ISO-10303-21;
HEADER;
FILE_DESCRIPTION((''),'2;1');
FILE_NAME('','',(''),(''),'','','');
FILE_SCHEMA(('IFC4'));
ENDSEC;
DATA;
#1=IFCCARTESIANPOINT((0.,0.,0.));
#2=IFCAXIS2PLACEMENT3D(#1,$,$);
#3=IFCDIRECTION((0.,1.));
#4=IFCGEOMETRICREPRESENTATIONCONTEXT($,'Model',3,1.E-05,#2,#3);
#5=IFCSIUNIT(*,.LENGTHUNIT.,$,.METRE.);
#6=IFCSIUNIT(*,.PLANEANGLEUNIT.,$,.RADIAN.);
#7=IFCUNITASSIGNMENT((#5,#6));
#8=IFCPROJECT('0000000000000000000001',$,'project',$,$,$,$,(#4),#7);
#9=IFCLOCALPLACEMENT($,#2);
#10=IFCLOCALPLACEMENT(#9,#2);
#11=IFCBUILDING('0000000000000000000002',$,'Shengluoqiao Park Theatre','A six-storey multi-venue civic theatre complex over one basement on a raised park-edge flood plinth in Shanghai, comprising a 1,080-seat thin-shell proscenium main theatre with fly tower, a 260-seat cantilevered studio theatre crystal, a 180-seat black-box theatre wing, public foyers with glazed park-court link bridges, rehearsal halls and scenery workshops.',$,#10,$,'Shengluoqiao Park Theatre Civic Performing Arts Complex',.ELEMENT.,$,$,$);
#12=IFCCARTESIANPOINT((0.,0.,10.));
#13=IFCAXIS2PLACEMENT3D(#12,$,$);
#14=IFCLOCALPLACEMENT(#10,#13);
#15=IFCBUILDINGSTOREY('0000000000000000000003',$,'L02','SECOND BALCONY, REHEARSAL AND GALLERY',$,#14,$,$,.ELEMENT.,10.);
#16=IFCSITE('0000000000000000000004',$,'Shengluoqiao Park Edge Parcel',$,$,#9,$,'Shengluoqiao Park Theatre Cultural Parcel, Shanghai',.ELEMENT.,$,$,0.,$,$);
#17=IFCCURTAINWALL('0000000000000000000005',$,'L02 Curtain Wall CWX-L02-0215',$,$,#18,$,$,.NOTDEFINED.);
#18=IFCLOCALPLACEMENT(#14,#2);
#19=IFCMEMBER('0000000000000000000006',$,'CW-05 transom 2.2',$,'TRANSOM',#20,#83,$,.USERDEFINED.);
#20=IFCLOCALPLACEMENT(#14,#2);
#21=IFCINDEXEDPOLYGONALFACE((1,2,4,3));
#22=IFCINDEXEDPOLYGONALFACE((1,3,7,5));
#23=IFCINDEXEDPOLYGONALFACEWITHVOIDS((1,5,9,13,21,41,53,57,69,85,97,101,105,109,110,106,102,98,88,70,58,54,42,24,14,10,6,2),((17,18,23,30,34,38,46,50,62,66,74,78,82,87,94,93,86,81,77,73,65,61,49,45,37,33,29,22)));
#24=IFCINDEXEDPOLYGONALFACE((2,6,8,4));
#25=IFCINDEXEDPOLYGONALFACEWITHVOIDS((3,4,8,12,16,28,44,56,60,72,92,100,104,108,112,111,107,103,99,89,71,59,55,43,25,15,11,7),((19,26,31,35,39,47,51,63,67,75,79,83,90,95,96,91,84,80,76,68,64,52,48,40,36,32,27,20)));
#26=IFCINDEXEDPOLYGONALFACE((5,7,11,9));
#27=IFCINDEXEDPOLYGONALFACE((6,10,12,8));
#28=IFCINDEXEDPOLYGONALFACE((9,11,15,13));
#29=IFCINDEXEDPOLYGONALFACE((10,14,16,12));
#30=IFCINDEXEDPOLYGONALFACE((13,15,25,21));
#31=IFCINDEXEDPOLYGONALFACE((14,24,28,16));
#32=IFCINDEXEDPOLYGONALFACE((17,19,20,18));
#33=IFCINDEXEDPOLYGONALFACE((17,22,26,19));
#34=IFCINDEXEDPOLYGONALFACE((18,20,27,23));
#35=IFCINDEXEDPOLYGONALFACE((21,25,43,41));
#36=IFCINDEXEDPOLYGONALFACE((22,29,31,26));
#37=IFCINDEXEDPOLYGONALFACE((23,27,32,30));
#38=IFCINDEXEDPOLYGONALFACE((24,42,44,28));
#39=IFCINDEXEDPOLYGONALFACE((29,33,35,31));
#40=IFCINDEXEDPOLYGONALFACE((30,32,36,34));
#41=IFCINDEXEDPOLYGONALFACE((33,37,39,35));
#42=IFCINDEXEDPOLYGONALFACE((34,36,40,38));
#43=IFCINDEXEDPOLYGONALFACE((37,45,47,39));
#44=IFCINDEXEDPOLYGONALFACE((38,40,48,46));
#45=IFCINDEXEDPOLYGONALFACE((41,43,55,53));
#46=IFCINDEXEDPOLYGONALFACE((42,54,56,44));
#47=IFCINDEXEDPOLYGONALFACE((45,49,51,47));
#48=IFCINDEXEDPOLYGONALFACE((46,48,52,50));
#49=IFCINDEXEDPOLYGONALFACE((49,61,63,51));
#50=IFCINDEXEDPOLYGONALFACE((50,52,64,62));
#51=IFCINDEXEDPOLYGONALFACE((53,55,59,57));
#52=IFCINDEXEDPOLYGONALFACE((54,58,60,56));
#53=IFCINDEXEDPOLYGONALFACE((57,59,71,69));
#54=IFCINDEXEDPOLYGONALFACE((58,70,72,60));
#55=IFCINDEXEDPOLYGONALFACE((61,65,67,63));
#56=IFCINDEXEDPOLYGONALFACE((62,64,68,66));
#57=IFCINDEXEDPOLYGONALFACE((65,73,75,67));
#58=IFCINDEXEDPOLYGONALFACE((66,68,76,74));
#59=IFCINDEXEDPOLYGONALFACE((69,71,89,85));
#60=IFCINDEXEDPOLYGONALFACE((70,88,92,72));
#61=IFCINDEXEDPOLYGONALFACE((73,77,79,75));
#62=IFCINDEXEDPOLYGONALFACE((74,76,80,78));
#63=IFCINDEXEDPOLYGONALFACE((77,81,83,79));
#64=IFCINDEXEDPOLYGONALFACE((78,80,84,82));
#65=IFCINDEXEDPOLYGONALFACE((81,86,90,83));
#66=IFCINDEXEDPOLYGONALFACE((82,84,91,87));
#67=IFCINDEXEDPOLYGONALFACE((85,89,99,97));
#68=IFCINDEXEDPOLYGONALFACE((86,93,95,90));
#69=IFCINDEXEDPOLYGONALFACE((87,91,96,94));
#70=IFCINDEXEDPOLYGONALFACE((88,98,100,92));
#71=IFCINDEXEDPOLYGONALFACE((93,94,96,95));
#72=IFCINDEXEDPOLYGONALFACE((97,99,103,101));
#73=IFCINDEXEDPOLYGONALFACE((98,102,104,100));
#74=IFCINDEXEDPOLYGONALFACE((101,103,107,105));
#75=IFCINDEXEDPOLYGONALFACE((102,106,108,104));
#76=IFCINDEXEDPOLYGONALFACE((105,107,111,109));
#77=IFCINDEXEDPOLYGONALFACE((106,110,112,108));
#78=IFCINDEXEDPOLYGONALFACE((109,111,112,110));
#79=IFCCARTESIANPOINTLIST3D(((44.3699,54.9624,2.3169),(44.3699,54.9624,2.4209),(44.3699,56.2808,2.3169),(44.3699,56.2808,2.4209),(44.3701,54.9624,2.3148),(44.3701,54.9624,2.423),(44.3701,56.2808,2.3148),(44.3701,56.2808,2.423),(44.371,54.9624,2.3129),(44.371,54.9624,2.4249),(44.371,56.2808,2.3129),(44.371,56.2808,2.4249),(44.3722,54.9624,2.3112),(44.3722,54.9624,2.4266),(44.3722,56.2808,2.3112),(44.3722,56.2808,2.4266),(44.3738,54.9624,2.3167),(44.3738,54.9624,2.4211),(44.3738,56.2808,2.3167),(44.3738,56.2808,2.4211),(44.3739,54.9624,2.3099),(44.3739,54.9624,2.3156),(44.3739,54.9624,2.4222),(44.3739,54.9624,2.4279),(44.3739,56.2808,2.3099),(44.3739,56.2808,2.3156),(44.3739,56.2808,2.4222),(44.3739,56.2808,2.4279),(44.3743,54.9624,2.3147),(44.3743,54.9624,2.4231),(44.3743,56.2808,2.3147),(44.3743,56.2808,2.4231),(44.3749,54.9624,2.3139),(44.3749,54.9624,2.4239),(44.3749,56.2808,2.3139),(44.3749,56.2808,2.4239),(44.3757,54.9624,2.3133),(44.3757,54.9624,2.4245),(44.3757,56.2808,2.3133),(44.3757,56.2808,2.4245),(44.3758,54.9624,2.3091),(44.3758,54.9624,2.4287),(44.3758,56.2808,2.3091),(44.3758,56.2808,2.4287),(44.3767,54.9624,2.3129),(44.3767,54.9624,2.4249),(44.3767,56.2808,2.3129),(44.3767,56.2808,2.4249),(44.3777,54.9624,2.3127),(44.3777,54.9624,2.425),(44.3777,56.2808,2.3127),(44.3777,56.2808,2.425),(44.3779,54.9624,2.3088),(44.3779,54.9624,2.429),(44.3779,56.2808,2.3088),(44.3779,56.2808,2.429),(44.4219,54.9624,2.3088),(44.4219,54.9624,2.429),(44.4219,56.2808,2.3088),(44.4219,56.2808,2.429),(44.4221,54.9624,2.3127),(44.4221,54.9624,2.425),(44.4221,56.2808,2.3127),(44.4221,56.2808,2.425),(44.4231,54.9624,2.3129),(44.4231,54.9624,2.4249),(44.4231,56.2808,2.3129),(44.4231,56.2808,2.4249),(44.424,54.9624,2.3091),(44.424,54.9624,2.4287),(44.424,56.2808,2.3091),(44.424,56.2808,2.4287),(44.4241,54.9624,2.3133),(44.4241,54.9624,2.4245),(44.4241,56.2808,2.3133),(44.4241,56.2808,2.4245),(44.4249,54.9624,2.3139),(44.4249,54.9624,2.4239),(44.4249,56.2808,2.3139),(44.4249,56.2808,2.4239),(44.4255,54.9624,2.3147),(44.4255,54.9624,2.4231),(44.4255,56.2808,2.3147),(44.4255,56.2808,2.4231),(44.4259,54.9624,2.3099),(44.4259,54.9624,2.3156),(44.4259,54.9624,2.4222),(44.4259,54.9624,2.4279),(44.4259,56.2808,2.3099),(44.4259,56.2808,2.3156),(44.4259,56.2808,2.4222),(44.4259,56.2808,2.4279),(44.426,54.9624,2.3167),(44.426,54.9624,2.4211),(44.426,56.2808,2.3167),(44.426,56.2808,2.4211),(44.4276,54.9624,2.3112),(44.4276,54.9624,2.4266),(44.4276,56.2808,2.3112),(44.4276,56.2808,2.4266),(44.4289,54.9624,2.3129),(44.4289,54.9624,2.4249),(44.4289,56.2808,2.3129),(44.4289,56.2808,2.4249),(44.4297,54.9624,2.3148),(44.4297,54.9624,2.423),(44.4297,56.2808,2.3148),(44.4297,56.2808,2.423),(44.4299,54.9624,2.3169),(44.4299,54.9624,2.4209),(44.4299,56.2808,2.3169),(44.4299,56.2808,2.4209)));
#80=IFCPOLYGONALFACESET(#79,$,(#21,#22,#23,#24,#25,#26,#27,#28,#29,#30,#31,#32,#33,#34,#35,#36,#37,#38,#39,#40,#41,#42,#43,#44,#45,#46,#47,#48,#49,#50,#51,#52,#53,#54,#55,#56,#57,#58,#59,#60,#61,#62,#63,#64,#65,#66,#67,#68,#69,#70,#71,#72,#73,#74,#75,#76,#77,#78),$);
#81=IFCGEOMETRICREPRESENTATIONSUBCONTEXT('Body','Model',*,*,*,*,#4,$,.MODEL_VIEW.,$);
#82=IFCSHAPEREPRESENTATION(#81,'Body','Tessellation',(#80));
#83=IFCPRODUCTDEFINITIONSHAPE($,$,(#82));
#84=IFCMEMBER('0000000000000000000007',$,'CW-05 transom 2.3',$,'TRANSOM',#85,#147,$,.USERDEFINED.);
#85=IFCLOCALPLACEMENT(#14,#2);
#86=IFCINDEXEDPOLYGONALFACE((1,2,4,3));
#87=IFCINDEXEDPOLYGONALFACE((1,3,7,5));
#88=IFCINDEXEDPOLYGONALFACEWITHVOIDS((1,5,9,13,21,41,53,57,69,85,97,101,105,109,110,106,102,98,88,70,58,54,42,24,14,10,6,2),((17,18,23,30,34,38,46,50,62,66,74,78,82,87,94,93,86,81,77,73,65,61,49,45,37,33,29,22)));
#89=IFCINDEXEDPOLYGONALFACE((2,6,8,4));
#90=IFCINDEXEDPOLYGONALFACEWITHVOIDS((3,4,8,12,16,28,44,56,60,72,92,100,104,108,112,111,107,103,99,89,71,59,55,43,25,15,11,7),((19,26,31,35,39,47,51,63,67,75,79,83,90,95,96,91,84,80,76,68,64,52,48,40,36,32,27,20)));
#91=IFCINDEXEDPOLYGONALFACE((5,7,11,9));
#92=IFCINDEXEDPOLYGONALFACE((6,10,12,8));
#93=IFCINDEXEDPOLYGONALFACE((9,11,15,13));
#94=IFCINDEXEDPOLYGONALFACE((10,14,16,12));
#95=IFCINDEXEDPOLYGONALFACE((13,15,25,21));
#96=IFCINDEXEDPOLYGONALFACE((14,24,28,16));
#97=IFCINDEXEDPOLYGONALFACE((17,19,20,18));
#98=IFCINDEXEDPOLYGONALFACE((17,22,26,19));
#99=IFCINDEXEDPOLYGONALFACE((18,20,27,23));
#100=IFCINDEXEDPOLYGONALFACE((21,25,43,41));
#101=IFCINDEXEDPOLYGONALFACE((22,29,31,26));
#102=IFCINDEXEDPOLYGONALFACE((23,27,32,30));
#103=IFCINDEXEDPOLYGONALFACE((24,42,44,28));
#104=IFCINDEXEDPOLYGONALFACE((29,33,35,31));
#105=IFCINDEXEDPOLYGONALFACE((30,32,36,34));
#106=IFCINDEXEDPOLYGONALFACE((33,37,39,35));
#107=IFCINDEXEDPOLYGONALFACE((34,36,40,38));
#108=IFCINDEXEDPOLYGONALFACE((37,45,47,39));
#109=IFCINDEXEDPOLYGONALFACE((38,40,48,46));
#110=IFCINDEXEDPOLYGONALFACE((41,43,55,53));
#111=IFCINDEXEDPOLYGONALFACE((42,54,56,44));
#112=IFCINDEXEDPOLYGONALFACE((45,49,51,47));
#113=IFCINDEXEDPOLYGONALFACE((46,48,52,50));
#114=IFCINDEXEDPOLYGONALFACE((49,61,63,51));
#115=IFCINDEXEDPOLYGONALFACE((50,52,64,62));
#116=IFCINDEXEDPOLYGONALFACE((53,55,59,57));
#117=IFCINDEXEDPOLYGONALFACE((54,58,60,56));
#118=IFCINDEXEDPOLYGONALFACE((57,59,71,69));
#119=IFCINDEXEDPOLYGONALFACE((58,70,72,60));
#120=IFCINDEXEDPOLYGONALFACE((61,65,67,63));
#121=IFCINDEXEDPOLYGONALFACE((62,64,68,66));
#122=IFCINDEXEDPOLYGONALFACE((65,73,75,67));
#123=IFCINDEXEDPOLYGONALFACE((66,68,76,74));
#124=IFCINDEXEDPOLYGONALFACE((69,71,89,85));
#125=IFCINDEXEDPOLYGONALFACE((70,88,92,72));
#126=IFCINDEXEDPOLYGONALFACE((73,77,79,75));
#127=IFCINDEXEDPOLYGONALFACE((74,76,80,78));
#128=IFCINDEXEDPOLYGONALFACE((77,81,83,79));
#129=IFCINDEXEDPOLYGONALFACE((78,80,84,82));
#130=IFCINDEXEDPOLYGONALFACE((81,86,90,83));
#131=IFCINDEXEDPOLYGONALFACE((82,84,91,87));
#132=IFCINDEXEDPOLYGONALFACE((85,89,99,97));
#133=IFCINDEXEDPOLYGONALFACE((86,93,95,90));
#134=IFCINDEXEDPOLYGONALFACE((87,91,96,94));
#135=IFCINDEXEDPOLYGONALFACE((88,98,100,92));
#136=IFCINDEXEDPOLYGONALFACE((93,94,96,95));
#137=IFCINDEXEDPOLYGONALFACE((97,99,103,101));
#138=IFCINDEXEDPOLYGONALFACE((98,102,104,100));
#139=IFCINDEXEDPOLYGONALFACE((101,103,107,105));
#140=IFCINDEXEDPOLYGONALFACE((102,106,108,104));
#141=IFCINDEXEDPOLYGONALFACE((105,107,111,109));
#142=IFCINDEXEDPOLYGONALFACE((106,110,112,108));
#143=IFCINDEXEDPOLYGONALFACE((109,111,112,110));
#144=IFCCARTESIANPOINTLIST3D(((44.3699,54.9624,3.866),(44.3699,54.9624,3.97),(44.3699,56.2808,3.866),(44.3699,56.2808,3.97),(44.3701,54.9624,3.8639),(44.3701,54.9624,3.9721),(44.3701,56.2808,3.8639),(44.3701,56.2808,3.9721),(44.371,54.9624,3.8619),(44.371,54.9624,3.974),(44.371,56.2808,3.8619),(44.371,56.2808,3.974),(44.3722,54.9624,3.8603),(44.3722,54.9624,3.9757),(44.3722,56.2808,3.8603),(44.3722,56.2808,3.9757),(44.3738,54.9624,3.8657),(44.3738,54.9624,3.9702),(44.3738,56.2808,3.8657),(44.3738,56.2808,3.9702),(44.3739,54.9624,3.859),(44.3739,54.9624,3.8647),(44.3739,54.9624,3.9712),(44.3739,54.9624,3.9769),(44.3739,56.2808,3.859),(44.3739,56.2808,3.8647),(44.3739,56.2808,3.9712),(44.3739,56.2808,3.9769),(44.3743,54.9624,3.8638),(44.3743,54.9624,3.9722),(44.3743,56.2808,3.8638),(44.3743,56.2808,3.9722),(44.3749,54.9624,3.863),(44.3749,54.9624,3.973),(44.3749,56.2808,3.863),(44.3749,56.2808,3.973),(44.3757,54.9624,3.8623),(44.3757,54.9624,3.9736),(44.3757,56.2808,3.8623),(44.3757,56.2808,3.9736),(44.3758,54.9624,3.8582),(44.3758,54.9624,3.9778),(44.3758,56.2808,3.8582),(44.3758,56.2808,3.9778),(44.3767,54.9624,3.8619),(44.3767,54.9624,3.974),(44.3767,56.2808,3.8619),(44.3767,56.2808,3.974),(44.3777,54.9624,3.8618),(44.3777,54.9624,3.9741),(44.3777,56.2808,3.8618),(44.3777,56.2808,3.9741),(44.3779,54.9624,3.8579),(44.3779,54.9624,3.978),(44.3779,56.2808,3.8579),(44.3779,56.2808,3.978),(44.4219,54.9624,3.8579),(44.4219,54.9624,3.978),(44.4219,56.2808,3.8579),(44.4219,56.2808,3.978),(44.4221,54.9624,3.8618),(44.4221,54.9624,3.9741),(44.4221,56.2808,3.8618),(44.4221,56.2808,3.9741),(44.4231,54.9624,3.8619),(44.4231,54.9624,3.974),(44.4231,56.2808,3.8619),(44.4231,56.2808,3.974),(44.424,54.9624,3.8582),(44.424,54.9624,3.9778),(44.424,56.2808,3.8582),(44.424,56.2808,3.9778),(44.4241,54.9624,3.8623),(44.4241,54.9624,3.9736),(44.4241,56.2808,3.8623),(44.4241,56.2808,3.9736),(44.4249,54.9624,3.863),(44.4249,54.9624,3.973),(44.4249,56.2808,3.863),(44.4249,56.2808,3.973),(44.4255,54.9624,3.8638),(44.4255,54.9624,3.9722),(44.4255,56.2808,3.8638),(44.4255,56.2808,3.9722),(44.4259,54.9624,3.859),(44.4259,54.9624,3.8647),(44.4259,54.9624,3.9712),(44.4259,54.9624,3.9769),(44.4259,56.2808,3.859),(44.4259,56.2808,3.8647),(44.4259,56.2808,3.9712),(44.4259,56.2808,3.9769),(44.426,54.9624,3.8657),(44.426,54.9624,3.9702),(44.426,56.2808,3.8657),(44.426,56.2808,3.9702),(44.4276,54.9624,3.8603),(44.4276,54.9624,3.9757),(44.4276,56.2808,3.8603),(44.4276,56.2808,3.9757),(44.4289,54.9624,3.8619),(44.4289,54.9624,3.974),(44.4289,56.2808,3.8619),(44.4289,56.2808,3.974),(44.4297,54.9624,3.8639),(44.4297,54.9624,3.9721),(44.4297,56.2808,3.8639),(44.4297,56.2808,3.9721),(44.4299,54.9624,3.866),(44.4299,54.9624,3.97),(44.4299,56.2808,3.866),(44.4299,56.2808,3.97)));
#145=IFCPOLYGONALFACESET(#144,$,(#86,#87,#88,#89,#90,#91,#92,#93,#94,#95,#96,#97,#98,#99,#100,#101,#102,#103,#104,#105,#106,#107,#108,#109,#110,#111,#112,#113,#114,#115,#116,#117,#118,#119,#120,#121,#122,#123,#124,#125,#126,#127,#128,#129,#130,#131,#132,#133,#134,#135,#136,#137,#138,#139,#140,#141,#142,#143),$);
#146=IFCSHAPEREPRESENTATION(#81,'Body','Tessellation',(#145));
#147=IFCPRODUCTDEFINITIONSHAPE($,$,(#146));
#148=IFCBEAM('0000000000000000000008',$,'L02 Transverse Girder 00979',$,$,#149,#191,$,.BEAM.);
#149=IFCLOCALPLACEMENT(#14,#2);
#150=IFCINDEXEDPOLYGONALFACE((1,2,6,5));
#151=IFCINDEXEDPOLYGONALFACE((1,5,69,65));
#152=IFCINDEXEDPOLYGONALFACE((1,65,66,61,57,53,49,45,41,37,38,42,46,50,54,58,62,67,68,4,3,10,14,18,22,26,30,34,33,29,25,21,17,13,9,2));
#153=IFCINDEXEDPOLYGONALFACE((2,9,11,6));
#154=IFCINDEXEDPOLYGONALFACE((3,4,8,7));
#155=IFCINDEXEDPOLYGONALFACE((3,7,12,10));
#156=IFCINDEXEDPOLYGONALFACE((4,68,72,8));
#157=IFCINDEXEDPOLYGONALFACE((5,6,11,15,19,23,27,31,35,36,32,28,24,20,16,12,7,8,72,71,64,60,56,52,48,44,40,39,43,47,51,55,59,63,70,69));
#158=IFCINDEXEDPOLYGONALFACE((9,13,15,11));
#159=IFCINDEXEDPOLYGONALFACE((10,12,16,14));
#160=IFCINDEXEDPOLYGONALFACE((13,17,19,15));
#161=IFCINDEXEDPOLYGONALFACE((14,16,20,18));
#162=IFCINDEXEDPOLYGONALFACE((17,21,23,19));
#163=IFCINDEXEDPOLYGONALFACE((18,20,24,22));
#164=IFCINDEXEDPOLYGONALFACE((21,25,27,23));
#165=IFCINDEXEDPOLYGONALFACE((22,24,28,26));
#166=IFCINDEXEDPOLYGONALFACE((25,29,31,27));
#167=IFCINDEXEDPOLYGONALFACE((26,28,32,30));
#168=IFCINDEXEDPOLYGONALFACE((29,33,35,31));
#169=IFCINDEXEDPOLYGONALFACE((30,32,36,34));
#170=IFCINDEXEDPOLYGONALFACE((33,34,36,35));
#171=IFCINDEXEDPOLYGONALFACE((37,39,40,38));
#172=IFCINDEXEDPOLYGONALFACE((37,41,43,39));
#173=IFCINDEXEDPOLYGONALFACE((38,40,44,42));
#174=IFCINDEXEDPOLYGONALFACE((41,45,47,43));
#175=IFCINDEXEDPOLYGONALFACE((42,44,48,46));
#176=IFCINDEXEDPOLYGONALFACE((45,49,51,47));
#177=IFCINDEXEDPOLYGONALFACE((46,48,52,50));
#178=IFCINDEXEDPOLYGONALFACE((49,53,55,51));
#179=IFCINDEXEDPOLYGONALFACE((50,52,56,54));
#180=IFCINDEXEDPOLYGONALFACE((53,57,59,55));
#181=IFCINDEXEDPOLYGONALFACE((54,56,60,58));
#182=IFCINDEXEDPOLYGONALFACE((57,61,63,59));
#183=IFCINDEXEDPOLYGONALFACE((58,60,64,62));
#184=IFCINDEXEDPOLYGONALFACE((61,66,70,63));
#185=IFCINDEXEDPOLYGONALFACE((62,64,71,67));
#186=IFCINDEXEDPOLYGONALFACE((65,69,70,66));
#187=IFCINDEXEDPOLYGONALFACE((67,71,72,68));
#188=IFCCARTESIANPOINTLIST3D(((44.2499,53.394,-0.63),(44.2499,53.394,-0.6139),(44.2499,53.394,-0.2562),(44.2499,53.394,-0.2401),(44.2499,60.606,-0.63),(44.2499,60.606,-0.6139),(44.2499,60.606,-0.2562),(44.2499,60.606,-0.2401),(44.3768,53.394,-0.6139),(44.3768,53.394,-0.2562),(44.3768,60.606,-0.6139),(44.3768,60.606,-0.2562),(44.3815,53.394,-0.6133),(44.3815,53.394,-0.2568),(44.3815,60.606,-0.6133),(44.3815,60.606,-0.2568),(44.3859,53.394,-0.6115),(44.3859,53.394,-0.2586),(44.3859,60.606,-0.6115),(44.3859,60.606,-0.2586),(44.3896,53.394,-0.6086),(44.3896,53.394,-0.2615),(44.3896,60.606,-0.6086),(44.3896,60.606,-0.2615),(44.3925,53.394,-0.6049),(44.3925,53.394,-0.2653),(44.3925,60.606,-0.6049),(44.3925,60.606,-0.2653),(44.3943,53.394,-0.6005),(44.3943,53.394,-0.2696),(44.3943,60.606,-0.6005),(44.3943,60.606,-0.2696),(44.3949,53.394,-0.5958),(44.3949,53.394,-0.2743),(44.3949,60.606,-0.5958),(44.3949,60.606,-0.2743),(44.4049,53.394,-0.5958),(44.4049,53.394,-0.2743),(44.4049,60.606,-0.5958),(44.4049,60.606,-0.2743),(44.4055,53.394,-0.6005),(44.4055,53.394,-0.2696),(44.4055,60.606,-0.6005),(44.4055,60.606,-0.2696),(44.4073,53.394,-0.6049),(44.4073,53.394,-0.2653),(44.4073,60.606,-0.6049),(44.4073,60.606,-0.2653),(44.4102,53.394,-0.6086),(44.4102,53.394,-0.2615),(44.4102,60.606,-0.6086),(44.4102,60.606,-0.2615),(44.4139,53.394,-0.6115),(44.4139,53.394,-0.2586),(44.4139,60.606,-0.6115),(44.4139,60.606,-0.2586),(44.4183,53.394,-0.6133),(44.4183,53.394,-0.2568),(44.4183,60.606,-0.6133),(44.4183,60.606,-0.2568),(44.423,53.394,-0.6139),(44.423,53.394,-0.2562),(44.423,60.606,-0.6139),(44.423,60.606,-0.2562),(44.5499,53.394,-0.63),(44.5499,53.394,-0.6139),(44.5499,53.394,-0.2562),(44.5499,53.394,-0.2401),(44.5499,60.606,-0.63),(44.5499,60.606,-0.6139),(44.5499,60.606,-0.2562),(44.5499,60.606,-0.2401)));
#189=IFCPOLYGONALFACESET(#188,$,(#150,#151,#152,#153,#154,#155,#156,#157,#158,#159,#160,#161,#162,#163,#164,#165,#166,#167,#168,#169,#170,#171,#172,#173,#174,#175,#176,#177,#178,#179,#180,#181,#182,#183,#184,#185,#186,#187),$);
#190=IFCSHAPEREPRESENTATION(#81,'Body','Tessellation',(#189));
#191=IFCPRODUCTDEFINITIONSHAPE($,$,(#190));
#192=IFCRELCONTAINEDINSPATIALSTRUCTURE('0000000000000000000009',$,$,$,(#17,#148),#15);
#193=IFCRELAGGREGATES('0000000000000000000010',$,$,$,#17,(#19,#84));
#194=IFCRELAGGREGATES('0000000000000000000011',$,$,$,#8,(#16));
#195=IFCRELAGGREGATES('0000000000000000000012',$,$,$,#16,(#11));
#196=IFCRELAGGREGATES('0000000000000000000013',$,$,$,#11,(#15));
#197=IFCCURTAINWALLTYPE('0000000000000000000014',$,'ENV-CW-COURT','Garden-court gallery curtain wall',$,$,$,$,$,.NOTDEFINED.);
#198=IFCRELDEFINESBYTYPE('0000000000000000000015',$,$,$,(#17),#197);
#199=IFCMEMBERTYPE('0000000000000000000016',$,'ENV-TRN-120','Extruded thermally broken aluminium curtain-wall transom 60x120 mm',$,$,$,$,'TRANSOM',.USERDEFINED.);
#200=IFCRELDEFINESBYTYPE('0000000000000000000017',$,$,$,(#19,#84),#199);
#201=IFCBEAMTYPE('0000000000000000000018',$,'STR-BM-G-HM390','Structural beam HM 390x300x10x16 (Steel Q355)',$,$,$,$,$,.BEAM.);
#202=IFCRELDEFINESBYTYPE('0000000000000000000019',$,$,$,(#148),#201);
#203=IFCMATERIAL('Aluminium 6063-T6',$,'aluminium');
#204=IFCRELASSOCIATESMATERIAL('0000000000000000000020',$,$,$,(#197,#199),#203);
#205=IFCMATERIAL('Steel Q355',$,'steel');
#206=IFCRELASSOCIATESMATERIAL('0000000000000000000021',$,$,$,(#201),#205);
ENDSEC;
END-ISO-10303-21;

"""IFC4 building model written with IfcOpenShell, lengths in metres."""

from ifc_helpers import new_model, si_unit, direction, frame, origin, origin_2d, place, context, subcontext, project, spatial, hollow_rectangle, i_section, extrude, material, material_profile, profile_set, type_object, element, aggregate, save


model = new_model("IFC4")

# Units and contexts
model_context = context("Model", 3, precision=1e-05, world=origin(), true_north=direction((0.0, 1.0)))
body_context = subcontext(model_context, "Body", "Model", "MODEL_VIEW")
ifc_project = project(units=[si_unit("LENGTHUNIT", "METRE"), si_unit("PLANEANGLEUNIT", "RADIAN")], contexts=[model_context])

# Site, building, storey
site_placement = place(None, origin())
site = spatial("IfcSite", under=ifc_project, at=site_placement, Name="Shengluoqiao Park Edge Parcel", LongName="Shengluoqiao Park Theatre Cultural Parcel, Shanghai", CompositionType="ELEMENT", RefElevation=0.0)
building_placement = place(site_placement, origin())
building = spatial("IfcBuilding", under=site, at=building_placement, Name="Shengluoqiao Park Theatre", Description="A six-storey multi-venue civic theatre complex over one basement on a raised park-edge flood plinth in Shanghai, comprising a 1,080-seat thin-shell proscenium main theatre with fly tower, a 260-seat cantilevered studio theatre crystal, a 180-seat black-box theatre wing, public foyers with glazed park-court link bridges, rehearsal halls and scenery workshops.", LongName="Shengluoqiao Park Theatre Civic Performing Arts Complex", CompositionType="ELEMENT")
storey_placement = place(building_placement, frame((0.0, 0.0, 10.0)))
storey = spatial("IfcBuildingStorey", under=building, at=storey_placement, Name="L02", Description="SECOND BALCONY, REHEARSAL AND GALLERY", CompositionType="ELEMENT", Elevation=10.0)

# Curtain wall
ifc_material_1 = material(Name="Aluminium 6063-T6", Category="aluminium")
curtain_wall_type_1 = type_object("IfcCurtainWallType", Name="ENV-CW-COURT", Description="Garden-court gallery curtain wall", PredefinedType="NOTDEFINED", material=ifc_material_1)
curtain_wall_1_placement = place(storey_placement, origin())
curtain_wall_1 = element("IfcCurtainWall", 1, at=curtain_wall_1_placement, inside=storey, type_object=curtain_wall_type_1, Name="L02 Curtain Wall CWX-L02-0215", PredefinedType="NOTDEFINED")

# Members
ifc_material_profile_1 = material_profile(ifc_material_1, hollow_rectangle(XDim=0.0601, YDim=0.1201, WallThickness=0.0039, InnerFilletRadius=0.0039, OuterFilletRadius=0.0081, at=origin_2d()), Name="ALU TRANSOM 120x60x4")
ifc_profile_set_1 = profile_set([ifc_material_profile_1], Name="Aluminium 6063-T6")
member_type_1 = type_object("IfcMemberType", Name="ENV-TRN-120", Description="Extruded thermally broken aluminium curtain-wall transom 60x120 mm", ElementType="TRANSOM", PredefinedType="USERDEFINED", material=ifc_profile_set_1)
member_1_placement = place(storey_placement, frame((44.3999, 54.9624, 2.3689), z_axis=(0.0, 1.0, 0.0), x_axis=(-1.0, 0.0, 0.0)))
member_1 = element("IfcMember", 2, at=member_1_placement, type_object=member_type_1, Name="CW-05 transom 2.2", ObjectType="TRANSOM", PredefinedType="USERDEFINED", context=body_context, shape_type="SweptSolid", body=[
    extrude(hollow_rectangle(XDim=0.0601, YDim=0.1201, WallThickness=0.0039, InnerFilletRadius=0.0039, OuterFilletRadius=0.0081, at=origin_2d()), origin(), (0.0, 0.0, 1.0), 1.3184),
])
member_2_placement = place(storey_placement, frame((44.3999, 54.9624, 3.918), z_axis=(0.0, 1.0, 0.0), x_axis=(-1.0, 0.0, 0.0)))
member_2 = element("IfcMember", 3, at=member_2_placement, type_object=member_type_1, Name="CW-05 transom 2.3", ObjectType="TRANSOM", PredefinedType="USERDEFINED", context=body_context, shape_type="SweptSolid", body=[
    extrude(hollow_rectangle(XDim=0.0601, YDim=0.1201, WallThickness=0.0039, InnerFilletRadius=0.0039, OuterFilletRadius=0.0081, at=origin_2d()), origin(), (0.0, 0.0, 1.0), 1.3184),
])

# Beam
ifc_material_2 = material(Name="Steel Q355", Category="steel")
ifc_material_profile_2 = material_profile(ifc_material_2, i_section(OverallWidth=0.3, OverallDepth=0.3899, WebThickness=0.01, FlangeThickness=0.0161, FilletRadius=0.0181, at=origin_2d()), Name="HM 390x300x10x16")
ifc_profile_set_2 = profile_set([ifc_material_profile_2], Name="Steel Q355")
beam_type_1 = type_object("IfcBeamType", Name="STR-BM-G-HM390", Description="Structural beam HM 390x300x10x16 (Steel Q355)", PredefinedType="BEAM", material=ifc_profile_set_2)
beam_1_placement = place(storey_placement, frame((44.3999, 53.394, -0.4351), z_axis=(0.0, 1.0, 0.0), x_axis=(-1.0, 0.0, 0.0)))
element("IfcBeam", 4, at=beam_1_placement, inside=storey, type_object=beam_type_1, Name="L02 Transverse Girder 00979", PredefinedType="BEAM", context=body_context, shape_type="SweptSolid", body=[
    extrude(i_section(OverallWidth=0.3, OverallDepth=0.3899, WebThickness=0.01, FlangeThickness=0.0161, FilletRadius=0.0181, at=origin_2d()), origin(), (0.0, 0.0, 1.0), 7.2119),
])

aggregate(curtain_wall_1, [member_1, member_2])

save(model, "model.ifc")
